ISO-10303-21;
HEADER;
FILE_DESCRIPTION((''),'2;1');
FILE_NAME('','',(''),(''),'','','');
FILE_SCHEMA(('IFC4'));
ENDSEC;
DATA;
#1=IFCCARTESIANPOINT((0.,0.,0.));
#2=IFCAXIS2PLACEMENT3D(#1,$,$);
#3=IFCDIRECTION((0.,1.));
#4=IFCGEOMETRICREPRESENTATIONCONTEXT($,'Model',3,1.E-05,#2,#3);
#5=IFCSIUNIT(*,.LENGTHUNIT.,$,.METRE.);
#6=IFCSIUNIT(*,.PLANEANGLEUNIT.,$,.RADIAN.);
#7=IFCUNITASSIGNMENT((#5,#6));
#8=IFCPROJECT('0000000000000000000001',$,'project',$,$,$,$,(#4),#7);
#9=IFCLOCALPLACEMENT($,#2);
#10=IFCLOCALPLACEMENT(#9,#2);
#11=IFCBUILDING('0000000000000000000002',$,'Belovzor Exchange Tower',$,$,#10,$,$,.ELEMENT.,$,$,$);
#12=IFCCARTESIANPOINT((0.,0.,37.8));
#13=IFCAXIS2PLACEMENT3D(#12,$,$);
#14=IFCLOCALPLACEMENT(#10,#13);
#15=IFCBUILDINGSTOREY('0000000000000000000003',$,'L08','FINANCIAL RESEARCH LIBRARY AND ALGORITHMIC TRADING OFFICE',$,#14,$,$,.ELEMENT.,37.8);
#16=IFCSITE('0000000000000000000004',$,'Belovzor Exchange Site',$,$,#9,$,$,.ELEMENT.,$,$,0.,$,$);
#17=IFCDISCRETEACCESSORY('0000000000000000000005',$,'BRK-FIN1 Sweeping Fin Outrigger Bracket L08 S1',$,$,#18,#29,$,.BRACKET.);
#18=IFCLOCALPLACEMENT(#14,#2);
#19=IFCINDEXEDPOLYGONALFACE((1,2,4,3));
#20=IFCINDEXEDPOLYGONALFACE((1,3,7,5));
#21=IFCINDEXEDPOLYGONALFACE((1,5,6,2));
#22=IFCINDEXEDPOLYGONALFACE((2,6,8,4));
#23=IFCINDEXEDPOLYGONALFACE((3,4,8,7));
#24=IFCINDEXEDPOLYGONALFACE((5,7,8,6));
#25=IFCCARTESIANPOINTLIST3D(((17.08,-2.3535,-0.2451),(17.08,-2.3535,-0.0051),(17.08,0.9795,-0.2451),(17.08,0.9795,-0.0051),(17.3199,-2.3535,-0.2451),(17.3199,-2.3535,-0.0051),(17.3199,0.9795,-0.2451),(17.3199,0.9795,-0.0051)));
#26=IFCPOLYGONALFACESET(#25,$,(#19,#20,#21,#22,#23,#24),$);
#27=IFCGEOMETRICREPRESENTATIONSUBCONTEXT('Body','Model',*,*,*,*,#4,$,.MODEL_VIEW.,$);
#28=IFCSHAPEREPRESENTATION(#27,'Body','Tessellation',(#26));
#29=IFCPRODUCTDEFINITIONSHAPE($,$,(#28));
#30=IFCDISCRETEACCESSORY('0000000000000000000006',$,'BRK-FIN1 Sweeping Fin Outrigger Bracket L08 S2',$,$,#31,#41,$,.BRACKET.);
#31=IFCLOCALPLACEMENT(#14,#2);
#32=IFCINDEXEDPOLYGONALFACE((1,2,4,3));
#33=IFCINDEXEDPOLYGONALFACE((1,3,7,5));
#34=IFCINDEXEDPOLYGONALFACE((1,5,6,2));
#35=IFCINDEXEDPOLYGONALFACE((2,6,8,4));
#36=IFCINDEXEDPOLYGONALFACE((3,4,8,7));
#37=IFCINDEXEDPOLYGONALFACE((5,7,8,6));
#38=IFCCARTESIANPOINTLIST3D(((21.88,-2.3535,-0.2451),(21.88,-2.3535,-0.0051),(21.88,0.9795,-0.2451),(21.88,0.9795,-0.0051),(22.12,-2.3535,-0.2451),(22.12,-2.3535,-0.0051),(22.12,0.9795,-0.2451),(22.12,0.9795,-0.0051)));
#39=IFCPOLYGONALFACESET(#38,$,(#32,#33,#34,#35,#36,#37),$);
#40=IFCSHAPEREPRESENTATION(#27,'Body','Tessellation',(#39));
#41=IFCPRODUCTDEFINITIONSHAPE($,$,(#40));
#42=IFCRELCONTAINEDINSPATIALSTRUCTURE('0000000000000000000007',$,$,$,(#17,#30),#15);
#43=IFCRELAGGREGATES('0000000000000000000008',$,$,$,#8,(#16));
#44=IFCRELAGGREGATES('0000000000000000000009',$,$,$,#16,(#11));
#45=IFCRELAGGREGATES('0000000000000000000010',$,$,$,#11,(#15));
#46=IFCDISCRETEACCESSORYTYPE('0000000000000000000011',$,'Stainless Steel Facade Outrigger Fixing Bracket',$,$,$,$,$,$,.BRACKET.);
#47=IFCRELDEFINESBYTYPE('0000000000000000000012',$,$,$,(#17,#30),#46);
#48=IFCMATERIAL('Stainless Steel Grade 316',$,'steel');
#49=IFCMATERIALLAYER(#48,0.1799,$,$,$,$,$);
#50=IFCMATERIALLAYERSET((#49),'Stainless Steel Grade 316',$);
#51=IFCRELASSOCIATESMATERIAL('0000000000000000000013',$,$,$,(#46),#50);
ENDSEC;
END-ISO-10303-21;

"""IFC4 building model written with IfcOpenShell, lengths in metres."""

from ifc_helpers import new_model, si_unit, direction, frame, origin, origin_2d, place, context, subcontext, project, spatial, rectangle, extrude, material, layer, layer_set, type_object, element, save


model = new_model("IFC4")

# Units and contexts
model_context = context("Model", 3, precision=1e-05, world=origin(), true_north=direction((0.0, 1.0)))
body_context = subcontext(model_context, "Body", "Model", "MODEL_VIEW")
ifc_project = project(units=[si_unit("LENGTHUNIT", "METRE"), si_unit("PLANEANGLEUNIT", "RADIAN")], contexts=[model_context])

# Site, building, storey
site_placement = place(None, origin())
site = spatial("IfcSite", under=ifc_project, at=site_placement, Name="Belovzor Exchange Site", CompositionType="ELEMENT", RefElevation=0.0)
building_placement = place(site_placement, origin())
building = spatial("IfcBuilding", under=site, at=building_placement, Name="Belovzor Exchange Tower", CompositionType="ELEMENT")
storey_placement = place(building_placement, frame((0.0, 0.0, 37.8)))
storey = spatial("IfcBuildingStorey", under=building, at=storey_placement, Name="L08", Description="FINANCIAL RESEARCH LIBRARY AND ALGORITHMIC TRADING OFFICE", CompositionType="ELEMENT", Elevation=37.8)

# Discrete accessories
ifc_material_1 = material(Name="Stainless Steel Grade 316", Category="steel")
ifc_layer_1 = layer(ifc_material_1, 0.1799)
ifc_layer_set_1 = layer_set([ifc_layer_1], Name="Stainless Steel Grade 316")
discrete_accessory_type = type_object("IfcDiscreteAccessoryType", Name="Stainless Steel Facade Outrigger Fixing Bracket", PredefinedType="BRACKET", material=ifc_layer_set_1)
for number, where, z_axis, x_axis, name in (
    (1, (17.2, -0.687, -0.2451), (0.0, 0.0, 1.0), (0.0, 1.0, 0.0), "BRK-FIN1 Sweeping Fin Outrigger Bracket L08 S1"),
    (2, (22.0, -0.687, -0.2451), (0.0, 0.0, 1.0), (0.0, 1.0, 0.0), "BRK-FIN1 Sweeping Fin Outrigger Bracket L08 S2"),
):
    element("IfcDiscreteAccessory", number, at=place(storey_placement, frame(where, z_axis=z_axis, x_axis=x_axis)), inside=storey, type_object=discrete_accessory_type, Name=name, PredefinedType="BRACKET", context=body_context, shape_type="SweptSolid", body=[
        extrude(rectangle(XDim=3.333, YDim=0.24, at=origin_2d()), origin(), (0.0, 0.0, 1.0), 0.24),
    ])

save(model, "model.ifc")
